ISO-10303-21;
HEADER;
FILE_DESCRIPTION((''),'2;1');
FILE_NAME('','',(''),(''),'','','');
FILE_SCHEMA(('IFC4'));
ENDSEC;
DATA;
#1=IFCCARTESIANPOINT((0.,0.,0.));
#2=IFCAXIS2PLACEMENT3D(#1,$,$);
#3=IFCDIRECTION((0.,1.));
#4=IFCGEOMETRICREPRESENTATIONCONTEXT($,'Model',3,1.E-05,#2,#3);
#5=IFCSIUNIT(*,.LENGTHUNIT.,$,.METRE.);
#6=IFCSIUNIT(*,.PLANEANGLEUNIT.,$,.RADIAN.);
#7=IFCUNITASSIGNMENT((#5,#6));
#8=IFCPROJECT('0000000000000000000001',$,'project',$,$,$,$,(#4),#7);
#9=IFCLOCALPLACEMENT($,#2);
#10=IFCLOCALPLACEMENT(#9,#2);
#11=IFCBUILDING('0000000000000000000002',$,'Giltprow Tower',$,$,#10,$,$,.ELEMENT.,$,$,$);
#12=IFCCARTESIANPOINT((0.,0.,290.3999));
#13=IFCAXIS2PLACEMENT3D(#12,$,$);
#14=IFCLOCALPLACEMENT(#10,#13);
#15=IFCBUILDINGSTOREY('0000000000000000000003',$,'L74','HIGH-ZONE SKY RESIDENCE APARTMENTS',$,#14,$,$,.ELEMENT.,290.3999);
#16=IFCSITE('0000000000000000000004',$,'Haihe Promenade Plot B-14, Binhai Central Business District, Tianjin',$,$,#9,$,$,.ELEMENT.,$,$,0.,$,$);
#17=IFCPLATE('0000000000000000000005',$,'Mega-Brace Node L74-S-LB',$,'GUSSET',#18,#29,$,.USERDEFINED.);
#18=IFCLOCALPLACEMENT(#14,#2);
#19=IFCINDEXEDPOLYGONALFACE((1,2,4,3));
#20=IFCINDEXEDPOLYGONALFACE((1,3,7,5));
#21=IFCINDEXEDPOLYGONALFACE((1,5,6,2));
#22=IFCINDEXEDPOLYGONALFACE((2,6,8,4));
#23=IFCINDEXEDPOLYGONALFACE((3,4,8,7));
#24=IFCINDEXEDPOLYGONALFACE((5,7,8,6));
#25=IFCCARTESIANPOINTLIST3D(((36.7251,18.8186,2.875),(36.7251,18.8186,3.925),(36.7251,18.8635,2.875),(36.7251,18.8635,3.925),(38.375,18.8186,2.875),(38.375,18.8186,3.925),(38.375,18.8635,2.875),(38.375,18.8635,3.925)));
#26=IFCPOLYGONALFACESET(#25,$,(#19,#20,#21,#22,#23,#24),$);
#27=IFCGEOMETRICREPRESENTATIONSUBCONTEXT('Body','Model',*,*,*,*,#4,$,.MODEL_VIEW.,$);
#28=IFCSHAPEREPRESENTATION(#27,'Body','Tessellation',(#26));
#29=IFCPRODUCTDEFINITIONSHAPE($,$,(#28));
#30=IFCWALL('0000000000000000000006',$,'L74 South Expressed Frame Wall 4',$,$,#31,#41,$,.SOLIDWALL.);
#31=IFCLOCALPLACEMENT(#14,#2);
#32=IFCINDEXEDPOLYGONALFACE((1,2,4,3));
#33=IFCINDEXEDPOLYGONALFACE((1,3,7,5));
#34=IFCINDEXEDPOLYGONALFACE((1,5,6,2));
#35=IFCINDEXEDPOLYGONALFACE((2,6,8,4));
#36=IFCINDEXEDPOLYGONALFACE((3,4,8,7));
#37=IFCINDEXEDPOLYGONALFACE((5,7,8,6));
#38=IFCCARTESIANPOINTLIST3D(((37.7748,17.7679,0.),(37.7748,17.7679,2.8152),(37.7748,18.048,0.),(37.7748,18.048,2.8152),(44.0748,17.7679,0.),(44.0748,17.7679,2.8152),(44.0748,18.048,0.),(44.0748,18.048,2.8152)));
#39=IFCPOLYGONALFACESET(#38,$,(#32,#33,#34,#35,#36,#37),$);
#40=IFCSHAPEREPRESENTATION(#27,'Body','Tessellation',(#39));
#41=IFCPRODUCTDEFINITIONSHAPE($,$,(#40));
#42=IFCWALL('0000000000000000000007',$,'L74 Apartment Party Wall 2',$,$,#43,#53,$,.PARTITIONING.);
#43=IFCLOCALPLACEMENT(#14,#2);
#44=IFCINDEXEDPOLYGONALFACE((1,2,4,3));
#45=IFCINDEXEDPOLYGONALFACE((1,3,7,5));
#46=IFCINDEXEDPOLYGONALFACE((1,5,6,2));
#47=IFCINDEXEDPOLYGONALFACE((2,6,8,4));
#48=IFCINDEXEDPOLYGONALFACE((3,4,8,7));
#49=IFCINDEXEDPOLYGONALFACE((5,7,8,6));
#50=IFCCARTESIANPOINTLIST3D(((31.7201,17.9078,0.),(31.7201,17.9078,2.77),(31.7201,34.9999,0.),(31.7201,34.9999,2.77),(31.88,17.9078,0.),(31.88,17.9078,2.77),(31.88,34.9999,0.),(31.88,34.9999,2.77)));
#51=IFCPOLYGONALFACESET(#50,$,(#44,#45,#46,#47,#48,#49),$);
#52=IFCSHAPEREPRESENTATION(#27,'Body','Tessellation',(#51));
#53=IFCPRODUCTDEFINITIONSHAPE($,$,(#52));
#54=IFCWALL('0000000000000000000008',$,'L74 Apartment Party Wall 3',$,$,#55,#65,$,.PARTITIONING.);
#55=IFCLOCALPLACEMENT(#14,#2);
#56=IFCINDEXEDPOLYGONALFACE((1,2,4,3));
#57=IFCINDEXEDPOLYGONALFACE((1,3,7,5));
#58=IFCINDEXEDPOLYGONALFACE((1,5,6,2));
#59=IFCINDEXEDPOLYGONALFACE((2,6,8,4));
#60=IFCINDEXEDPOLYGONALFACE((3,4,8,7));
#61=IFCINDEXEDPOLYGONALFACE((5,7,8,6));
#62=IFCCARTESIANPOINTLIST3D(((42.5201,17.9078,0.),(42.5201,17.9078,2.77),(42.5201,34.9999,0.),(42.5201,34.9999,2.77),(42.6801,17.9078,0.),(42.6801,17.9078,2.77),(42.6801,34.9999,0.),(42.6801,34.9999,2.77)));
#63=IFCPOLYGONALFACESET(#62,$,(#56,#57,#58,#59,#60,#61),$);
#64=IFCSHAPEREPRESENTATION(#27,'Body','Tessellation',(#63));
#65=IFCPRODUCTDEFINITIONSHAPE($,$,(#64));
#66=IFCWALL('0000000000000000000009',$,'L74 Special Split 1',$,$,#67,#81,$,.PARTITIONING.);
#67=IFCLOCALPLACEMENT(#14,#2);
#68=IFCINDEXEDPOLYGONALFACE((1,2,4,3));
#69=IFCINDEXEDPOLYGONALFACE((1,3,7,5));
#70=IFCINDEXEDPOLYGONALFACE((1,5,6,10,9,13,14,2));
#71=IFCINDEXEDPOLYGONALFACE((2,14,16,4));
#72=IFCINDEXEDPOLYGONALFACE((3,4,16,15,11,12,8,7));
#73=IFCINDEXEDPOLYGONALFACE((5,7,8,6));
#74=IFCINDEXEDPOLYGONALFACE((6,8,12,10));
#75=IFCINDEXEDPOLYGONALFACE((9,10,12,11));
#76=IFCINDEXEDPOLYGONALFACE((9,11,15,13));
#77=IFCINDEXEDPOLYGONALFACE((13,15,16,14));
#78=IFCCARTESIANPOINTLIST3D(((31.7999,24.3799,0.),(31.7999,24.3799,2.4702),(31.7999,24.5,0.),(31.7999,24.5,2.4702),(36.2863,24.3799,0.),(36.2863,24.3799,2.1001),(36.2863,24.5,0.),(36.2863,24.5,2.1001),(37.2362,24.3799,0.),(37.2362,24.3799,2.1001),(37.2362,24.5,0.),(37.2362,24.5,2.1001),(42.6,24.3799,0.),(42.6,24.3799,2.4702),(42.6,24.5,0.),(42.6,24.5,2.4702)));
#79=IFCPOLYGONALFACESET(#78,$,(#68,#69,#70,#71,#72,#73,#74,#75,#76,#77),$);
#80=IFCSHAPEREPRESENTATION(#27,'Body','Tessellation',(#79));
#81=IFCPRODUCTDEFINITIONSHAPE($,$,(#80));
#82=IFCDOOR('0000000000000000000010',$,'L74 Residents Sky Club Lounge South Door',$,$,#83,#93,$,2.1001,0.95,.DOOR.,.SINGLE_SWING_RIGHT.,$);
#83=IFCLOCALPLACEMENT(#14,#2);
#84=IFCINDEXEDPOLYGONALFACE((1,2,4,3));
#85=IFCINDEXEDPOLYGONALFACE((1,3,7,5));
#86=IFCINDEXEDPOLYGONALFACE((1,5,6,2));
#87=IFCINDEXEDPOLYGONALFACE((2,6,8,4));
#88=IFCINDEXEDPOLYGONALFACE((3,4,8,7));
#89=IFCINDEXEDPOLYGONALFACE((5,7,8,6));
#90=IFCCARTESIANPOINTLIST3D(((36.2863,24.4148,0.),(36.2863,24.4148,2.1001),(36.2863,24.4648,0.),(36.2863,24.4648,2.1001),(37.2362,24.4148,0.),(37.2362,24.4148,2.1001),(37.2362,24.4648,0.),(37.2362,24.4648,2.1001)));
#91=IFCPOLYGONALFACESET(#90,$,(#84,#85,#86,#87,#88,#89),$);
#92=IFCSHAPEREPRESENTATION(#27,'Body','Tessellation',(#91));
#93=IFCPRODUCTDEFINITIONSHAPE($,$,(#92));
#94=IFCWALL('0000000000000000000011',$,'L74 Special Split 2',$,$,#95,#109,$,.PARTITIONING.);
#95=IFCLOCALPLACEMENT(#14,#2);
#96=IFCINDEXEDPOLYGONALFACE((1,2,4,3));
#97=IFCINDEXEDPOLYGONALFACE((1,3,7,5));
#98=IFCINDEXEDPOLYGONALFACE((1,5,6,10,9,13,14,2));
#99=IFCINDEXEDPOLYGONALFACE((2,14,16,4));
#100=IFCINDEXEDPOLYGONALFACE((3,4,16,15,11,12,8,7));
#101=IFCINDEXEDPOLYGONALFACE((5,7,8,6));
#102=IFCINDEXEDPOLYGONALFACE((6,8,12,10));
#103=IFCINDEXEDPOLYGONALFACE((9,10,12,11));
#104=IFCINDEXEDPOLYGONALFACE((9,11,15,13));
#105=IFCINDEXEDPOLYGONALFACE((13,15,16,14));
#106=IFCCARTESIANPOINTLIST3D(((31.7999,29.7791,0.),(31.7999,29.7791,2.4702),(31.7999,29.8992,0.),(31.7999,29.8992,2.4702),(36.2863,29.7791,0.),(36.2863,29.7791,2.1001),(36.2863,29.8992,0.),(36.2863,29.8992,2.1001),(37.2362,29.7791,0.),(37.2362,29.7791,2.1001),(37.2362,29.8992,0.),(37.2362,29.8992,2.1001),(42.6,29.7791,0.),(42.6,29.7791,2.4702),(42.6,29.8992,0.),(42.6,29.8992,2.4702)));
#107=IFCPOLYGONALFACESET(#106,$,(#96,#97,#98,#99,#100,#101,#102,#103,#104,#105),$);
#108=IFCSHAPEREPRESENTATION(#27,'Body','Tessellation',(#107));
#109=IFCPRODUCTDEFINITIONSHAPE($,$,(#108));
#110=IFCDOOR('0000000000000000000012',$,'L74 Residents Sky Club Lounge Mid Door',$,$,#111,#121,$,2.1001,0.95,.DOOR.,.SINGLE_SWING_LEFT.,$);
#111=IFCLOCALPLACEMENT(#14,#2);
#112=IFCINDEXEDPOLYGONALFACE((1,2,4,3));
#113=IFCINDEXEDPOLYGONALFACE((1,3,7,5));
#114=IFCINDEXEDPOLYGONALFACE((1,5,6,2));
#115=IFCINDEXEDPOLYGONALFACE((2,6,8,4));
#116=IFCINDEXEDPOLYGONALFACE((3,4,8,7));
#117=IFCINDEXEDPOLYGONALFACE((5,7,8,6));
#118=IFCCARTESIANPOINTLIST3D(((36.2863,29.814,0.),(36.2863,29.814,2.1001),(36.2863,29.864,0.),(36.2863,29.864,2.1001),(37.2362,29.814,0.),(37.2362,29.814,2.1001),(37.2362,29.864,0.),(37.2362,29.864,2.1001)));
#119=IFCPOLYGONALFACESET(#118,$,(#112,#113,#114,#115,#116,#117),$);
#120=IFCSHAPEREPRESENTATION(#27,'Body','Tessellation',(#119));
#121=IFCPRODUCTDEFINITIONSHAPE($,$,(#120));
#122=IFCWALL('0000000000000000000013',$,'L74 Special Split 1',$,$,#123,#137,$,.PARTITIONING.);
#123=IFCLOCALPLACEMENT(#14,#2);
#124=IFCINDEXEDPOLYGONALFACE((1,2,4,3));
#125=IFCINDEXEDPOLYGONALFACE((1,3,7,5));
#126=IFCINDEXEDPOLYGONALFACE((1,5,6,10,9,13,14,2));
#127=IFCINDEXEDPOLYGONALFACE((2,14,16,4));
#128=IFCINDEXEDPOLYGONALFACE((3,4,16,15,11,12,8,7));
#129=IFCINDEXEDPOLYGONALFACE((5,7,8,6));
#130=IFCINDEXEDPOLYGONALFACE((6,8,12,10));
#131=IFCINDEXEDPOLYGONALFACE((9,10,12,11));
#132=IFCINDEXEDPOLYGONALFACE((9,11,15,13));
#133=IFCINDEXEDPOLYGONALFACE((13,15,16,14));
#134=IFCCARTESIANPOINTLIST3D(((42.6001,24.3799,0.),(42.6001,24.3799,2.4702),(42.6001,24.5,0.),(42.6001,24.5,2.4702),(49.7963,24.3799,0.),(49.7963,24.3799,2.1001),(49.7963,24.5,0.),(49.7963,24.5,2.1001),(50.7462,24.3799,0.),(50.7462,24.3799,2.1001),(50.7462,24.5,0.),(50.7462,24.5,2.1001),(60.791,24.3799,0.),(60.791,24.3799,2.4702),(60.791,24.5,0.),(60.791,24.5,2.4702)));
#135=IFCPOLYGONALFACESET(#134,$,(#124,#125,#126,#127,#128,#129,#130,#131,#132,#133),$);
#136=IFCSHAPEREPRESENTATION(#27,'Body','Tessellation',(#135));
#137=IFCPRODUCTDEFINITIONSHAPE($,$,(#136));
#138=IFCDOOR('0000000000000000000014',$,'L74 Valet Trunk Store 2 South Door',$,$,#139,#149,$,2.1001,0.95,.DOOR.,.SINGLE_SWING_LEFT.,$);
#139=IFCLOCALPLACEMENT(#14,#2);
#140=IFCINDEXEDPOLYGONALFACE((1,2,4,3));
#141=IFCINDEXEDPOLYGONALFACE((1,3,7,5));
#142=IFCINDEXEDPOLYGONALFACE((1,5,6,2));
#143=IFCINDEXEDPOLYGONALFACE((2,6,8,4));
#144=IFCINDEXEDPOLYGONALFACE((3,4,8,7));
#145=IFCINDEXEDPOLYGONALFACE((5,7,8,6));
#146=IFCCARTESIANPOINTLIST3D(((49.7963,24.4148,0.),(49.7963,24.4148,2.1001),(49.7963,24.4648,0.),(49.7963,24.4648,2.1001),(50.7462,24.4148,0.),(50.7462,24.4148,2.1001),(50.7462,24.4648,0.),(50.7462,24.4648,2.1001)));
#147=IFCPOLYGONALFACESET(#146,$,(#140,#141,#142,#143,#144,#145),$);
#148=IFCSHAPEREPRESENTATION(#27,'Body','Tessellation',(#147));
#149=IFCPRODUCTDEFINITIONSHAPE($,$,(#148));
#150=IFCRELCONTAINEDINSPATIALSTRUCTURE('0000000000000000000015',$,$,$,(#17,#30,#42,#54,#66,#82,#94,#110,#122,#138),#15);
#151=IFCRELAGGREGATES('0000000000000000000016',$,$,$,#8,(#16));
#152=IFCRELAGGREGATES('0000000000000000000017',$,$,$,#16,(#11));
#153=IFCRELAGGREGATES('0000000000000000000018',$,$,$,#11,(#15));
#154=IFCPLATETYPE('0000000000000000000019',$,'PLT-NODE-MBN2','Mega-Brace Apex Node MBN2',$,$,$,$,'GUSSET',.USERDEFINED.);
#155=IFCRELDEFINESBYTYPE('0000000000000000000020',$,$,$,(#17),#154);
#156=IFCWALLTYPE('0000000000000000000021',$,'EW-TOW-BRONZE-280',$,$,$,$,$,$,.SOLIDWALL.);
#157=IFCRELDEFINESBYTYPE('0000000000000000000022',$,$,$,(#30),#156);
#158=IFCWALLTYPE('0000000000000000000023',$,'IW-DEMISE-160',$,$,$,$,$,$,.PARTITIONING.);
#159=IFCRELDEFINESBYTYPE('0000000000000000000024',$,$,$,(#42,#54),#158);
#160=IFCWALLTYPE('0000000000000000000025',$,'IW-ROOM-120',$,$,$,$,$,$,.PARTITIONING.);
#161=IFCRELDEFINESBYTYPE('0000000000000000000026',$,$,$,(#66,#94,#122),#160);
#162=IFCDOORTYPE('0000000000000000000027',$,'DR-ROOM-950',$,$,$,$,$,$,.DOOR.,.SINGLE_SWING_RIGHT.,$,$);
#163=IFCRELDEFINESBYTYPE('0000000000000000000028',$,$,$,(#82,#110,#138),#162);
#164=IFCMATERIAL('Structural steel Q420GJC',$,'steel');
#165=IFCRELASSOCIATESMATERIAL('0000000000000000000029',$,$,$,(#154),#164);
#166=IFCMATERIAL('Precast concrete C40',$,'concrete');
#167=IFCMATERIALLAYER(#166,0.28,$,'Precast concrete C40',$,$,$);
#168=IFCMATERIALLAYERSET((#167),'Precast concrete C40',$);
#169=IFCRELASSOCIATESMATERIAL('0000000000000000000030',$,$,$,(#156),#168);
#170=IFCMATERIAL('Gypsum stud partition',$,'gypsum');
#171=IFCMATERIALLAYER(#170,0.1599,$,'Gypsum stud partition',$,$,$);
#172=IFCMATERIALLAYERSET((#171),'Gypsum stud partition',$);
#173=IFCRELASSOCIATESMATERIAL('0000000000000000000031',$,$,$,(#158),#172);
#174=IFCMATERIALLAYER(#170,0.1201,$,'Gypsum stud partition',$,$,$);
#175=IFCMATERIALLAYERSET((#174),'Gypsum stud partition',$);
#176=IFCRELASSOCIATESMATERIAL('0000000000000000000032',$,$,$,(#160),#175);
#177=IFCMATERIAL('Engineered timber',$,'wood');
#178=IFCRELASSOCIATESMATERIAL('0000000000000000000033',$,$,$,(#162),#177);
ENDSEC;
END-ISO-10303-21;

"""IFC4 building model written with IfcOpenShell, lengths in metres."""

from ifc_helpers import new_model, si_unit, direction, frame, frame_2d, origin, origin_2d, place, context, subcontext, project, spatial, rectangle, extrude, source, transform, mapped, material, layer, layer_set, type_object, element, fill, save


model = new_model("IFC4")

# Units and contexts
model_context = context("Model", 3, precision=1e-05, world=origin(), true_north=direction((0.0, 1.0)))
body_context = subcontext(model_context, "Body", "Model", "MODEL_VIEW")
ifc_project = project(units=[si_unit("LENGTHUNIT", "METRE"), si_unit("PLANEANGLEUNIT", "RADIAN")], contexts=[model_context])

# Site, building, storey
site_placement = place(None, origin())
site = spatial("IfcSite", under=ifc_project, at=site_placement, Name="Haihe Promenade Plot B-14, Binhai Central Business District, Tianjin", CompositionType="ELEMENT", RefElevation=0.0)
building_placement = place(site_placement, origin())
building = spatial("IfcBuilding", under=site, at=building_placement, Name="Giltprow Tower", CompositionType="ELEMENT")
storey_placement = place(building_placement, frame((0.0, 0.0, 290.3999)))
storey = spatial("IfcBuildingStorey", under=building, at=storey_placement, Name="L74", Description="HIGH-ZONE SKY RESIDENCE APARTMENTS", CompositionType="ELEMENT", Elevation=290.3999)

# Shared definitions
ifc_material_1 = material(Name="Structural steel Q420GJC", Category="steel")

# Plate
plate_type_1 = type_object("IfcPlateType", Name="PLT-NODE-MBN2", Description="Mega-Brace Apex Node MBN2", ElementType="GUSSET", PredefinedType="USERDEFINED", material=ifc_material_1)
shared_shape_1 = source(origin(), body_context, "Body", "SweptSolid", [
    extrude(rectangle(XDim=1.6499, YDim=0.0449, at=origin_2d()), origin(), (0.0, 0.0, 1.0), 1.05),
])
plate_1_placement = place(storey_placement, frame((37.55, 18.8411, 2.875), z_axis=(0.0, 0.0, 1.0), x_axis=(1.0, 0.0, 0.0)))
element("IfcPlate", 1, at=plate_1_placement, inside=storey, type_object=plate_type_1, Name="Mega-Brace Node L74-S-LB", ObjectType="GUSSET", PredefinedType="USERDEFINED", context=body_context, shape_type="MappedRepresentation", body=[
    mapped(shared_shape_1, transform((0.0, 0.0, 0.0), x_axis=(1.0, 0.0, 0.0), y_axis=(0.0, 1.0, 0.0), z_axis=(0.0, 0.0, 1.0), scale=1.0)),
])

# Walls
ifc_material_2 = material(Name="Precast concrete C40", Category="concrete")
ifc_layer_1 = layer(ifc_material_2, 0.28, Name="Precast concrete C40")
ifc_layer_set_1 = layer_set([ifc_layer_1], Name="Precast concrete C40")
wall_type_1 = type_object("IfcWallType", Name="EW-TOW-BRONZE-280", PredefinedType="SOLIDWALL", material=ifc_layer_set_1)
wall_1_placement = place(storey_placement, frame((37.7749, 17.908, 0.0), z_axis=(0.0, 0.0, 1.0), x_axis=(1.0, 0.0, 0.0)))
element("IfcWall", 2, at=wall_1_placement, inside=storey, type_object=wall_type_1, Name="L74 South Expressed Frame Wall 4", PredefinedType="SOLIDWALL", context=body_context, shape_type="SweptSolid", body=[
    extrude(rectangle(XDim=6.3, YDim=0.28, at=frame_2d((3.1499, 0.0))), origin(), (0.0, 0.0, 1.0), 2.8152),
])
ifc_material_3 = material(Name="Gypsum stud partition", Category="gypsum")
ifc_layer_2 = layer(ifc_material_3, 0.1599, Name="Gypsum stud partition")
ifc_layer_set_2 = layer_set([ifc_layer_2], Name="Gypsum stud partition")
wall_type_2 = type_object("IfcWallType", Name="IW-DEMISE-160", PredefinedType="PARTITIONING", material=ifc_layer_set_2)
for number, where, z_axis, x_axis, name in (
    (3, (31.8, 17.908, 0.0), (0.0, 0.0, 1.0), (0.0, 1.0, 0.0), "L74 Apartment Party Wall 2"),
    (4, (42.6001, 17.908, 0.0), (0.0, 0.0, 1.0), (0.0, 1.0, 0.0), "L74 Apartment Party Wall 3"),
):
    element("IfcWall", number, at=place(storey_placement, frame(where, z_axis=z_axis, x_axis=x_axis)), inside=storey, type_object=wall_type_2, Name=name, PredefinedType="PARTITIONING", context=body_context, shape_type="SweptSolid", body=[
        extrude(rectangle(XDim=17.092, YDim=0.1599, at=frame_2d((8.5459, 0.0))), origin(), (0.0, 0.0, 1.0), 2.77),
    ])

# Walls, openings, doors
ifc_layer_3 = layer(ifc_material_3, 0.1201, Name="Gypsum stud partition")
ifc_layer_set_3 = layer_set([ifc_layer_3], Name="Gypsum stud partition")
wall_type_3 = type_object("IfcWallType", Name="IW-ROOM-120", PredefinedType="PARTITIONING", material=ifc_layer_set_3)
wall_2_placement = place(storey_placement, frame((31.8, 24.4399, 0.0), z_axis=(0.0, 0.0, 1.0), x_axis=(1.0, 0.0, 0.0)))
wall_2 = element("IfcWall", 5, at=wall_2_placement, inside=storey, type_object=wall_type_3, Name="L74 Special Split 1", PredefinedType="PARTITIONING", context=body_context, shape_type="SweptSolid", body=[
    extrude(rectangle(XDim=10.8, YDim=0.1201, at=frame_2d((5.3999, 0.0))), origin(), (0.0, 0.0, 1.0), 2.4702),
])
opening_1_placement = place(wall_2_placement, frame((4.4861, 0.0, 0.0)))
opening_1 = element("IfcOpeningElement", 6, at=opening_1_placement, cuts=wall_2, PredefinedType="OPENING", context=body_context, shape_type="SweptSolid", body=[
    extrude(rectangle(XDim=0.95, YDim=2.1001, at=frame_2d((0.4751, 1.05))), frame((0.0, 0.0701, 0.0), z_axis=(0.0, -1.0, 0.0), x_axis=(1.0, 0.0, 0.0)), (0.0, 0.0, 1.0), 0.1401),
])
ifc_material_4 = material(Name="Engineered timber", Category="wood")
door_type = type_object("IfcDoorType", Name="DR-ROOM-950", OperationType="SINGLE_SWING_RIGHT", PredefinedType="DOOR", material=ifc_material_4)
shared_shape_2 = source(origin(), body_context, "Body", "SweptSolid", [
    extrude(rectangle(XDim=0.95, YDim=2.1001, at=frame_2d((0.4751, 1.05))), frame((0.0, 0.0249, 0.0), z_axis=(0.0, -1.0, 0.0), x_axis=(1.0, 0.0, 0.0)), (0.0, 0.0, 1.0), 0.05),
])
door_1_placement = place(opening_1_placement, origin())
door_1 = element("IfcDoor", 7, at=door_1_placement, inside=storey, type_object=door_type, Name="L74 Residents Sky Club Lounge South Door", OperationType="SINGLE_SWING_RIGHT", OverallHeight=2.1001, OverallWidth=0.95, PredefinedType="DOOR", context=body_context, shape_type="MappedRepresentation", body=[
    mapped(shared_shape_2, transform((0.0, 0.0, 0.0), x_axis=(1.0, 0.0, 0.0), y_axis=(0.0, 1.0, 0.0), z_axis=(0.0, 0.0, 1.0), scale=1.0)),
])
fill(opening_1, door_1)
wall_3_placement = place(storey_placement, frame((31.8, 29.8391, 0.0), z_axis=(0.0, 0.0, 1.0), x_axis=(1.0, 0.0, 0.0)))
wall_3 = element("IfcWall", 8, at=wall_3_placement, inside=storey, type_object=wall_type_3, Name="L74 Special Split 2", PredefinedType="PARTITIONING", context=body_context, shape_type="SweptSolid", body=[
    extrude(rectangle(XDim=10.8, YDim=0.1201, at=frame_2d((5.3999, 0.0))), origin(), (0.0, 0.0, 1.0), 2.4702),
])
opening_2_placement = place(wall_3_placement, frame((4.4861, 0.0, 0.0)))
opening_2 = element("IfcOpeningElement", 9, at=opening_2_placement, cuts=wall_3, PredefinedType="OPENING", context=body_context, shape_type="SweptSolid", body=[
    extrude(rectangle(XDim=0.95, YDim=2.1001, at=frame_2d((0.4751, 1.05))), frame((0.0, 0.0701, 0.0), z_axis=(0.0, -1.0, 0.0), x_axis=(1.0, 0.0, 0.0)), (0.0, 0.0, 1.0), 0.1401),
])
door_2_placement = place(opening_2_placement, origin())
door_2 = element("IfcDoor", 10, at=door_2_placement, inside=storey, type_object=door_type, Name="L74 Residents Sky Club Lounge Mid Door", OperationType="SINGLE_SWING_LEFT", OverallHeight=2.1001, OverallWidth=0.95, PredefinedType="DOOR", context=body_context, shape_type="MappedRepresentation", body=[
    mapped(shared_shape_2, transform((0.0, 0.0, 0.0), x_axis=(1.0, 0.0, 0.0), y_axis=(0.0, 1.0, 0.0), z_axis=(0.0, 0.0, 1.0), scale=1.0)),
])
fill(opening_2, door_2)
wall_4_placement = place(storey_placement, frame((42.6001, 24.4399, 0.0), z_axis=(0.0, 0.0, 1.0), x_axis=(1.0, 0.0, 0.0)))
wall_4 = element("IfcWall", 11, at=wall_4_placement, inside=storey, type_object=wall_type_3, Name="L74 Special Split 1", PredefinedType="PARTITIONING", context=body_context, shape_type="SweptSolid", body=[
    extrude(rectangle(XDim=18.1909, YDim=0.1201, at=frame_2d((9.0955, 0.0))), origin(), (0.0, 0.0, 1.0), 2.4702),
])
opening_3_placement = place(wall_4_placement, frame((7.196, 0.0, 0.0)))
opening_3 = element("IfcOpeningElement", 12, at=opening_3_placement, cuts=wall_4, PredefinedType="OPENING", context=body_context, shape_type="SweptSolid", body=[
    extrude(rectangle(XDim=0.95, YDim=2.1001, at=frame_2d((0.4751, 1.05))), frame((0.0, 0.0701, 0.0), z_axis=(0.0, -1.0, 0.0), x_axis=(1.0, 0.0, 0.0)), (0.0, 0.0, 1.0), 0.1401),
])
door_3_placement = place(opening_3_placement, origin())
door_3 = element("IfcDoor", 13, at=door_3_placement, inside=storey, type_object=door_type, Name="L74 Valet Trunk Store 2 South Door", OperationType="SINGLE_SWING_LEFT", OverallHeight=2.1001, OverallWidth=0.95, PredefinedType="DOOR", context=body_context, shape_type="MappedRepresentation", body=[
    mapped(shared_shape_2, transform((0.0, 0.0, 0.0), x_axis=(1.0, 0.0, 0.0), y_axis=(0.0, 1.0, 0.0), z_axis=(0.0, 0.0, 1.0), scale=1.0)),
])
fill(opening_3, door_3)

save(model, "model.ifc")
